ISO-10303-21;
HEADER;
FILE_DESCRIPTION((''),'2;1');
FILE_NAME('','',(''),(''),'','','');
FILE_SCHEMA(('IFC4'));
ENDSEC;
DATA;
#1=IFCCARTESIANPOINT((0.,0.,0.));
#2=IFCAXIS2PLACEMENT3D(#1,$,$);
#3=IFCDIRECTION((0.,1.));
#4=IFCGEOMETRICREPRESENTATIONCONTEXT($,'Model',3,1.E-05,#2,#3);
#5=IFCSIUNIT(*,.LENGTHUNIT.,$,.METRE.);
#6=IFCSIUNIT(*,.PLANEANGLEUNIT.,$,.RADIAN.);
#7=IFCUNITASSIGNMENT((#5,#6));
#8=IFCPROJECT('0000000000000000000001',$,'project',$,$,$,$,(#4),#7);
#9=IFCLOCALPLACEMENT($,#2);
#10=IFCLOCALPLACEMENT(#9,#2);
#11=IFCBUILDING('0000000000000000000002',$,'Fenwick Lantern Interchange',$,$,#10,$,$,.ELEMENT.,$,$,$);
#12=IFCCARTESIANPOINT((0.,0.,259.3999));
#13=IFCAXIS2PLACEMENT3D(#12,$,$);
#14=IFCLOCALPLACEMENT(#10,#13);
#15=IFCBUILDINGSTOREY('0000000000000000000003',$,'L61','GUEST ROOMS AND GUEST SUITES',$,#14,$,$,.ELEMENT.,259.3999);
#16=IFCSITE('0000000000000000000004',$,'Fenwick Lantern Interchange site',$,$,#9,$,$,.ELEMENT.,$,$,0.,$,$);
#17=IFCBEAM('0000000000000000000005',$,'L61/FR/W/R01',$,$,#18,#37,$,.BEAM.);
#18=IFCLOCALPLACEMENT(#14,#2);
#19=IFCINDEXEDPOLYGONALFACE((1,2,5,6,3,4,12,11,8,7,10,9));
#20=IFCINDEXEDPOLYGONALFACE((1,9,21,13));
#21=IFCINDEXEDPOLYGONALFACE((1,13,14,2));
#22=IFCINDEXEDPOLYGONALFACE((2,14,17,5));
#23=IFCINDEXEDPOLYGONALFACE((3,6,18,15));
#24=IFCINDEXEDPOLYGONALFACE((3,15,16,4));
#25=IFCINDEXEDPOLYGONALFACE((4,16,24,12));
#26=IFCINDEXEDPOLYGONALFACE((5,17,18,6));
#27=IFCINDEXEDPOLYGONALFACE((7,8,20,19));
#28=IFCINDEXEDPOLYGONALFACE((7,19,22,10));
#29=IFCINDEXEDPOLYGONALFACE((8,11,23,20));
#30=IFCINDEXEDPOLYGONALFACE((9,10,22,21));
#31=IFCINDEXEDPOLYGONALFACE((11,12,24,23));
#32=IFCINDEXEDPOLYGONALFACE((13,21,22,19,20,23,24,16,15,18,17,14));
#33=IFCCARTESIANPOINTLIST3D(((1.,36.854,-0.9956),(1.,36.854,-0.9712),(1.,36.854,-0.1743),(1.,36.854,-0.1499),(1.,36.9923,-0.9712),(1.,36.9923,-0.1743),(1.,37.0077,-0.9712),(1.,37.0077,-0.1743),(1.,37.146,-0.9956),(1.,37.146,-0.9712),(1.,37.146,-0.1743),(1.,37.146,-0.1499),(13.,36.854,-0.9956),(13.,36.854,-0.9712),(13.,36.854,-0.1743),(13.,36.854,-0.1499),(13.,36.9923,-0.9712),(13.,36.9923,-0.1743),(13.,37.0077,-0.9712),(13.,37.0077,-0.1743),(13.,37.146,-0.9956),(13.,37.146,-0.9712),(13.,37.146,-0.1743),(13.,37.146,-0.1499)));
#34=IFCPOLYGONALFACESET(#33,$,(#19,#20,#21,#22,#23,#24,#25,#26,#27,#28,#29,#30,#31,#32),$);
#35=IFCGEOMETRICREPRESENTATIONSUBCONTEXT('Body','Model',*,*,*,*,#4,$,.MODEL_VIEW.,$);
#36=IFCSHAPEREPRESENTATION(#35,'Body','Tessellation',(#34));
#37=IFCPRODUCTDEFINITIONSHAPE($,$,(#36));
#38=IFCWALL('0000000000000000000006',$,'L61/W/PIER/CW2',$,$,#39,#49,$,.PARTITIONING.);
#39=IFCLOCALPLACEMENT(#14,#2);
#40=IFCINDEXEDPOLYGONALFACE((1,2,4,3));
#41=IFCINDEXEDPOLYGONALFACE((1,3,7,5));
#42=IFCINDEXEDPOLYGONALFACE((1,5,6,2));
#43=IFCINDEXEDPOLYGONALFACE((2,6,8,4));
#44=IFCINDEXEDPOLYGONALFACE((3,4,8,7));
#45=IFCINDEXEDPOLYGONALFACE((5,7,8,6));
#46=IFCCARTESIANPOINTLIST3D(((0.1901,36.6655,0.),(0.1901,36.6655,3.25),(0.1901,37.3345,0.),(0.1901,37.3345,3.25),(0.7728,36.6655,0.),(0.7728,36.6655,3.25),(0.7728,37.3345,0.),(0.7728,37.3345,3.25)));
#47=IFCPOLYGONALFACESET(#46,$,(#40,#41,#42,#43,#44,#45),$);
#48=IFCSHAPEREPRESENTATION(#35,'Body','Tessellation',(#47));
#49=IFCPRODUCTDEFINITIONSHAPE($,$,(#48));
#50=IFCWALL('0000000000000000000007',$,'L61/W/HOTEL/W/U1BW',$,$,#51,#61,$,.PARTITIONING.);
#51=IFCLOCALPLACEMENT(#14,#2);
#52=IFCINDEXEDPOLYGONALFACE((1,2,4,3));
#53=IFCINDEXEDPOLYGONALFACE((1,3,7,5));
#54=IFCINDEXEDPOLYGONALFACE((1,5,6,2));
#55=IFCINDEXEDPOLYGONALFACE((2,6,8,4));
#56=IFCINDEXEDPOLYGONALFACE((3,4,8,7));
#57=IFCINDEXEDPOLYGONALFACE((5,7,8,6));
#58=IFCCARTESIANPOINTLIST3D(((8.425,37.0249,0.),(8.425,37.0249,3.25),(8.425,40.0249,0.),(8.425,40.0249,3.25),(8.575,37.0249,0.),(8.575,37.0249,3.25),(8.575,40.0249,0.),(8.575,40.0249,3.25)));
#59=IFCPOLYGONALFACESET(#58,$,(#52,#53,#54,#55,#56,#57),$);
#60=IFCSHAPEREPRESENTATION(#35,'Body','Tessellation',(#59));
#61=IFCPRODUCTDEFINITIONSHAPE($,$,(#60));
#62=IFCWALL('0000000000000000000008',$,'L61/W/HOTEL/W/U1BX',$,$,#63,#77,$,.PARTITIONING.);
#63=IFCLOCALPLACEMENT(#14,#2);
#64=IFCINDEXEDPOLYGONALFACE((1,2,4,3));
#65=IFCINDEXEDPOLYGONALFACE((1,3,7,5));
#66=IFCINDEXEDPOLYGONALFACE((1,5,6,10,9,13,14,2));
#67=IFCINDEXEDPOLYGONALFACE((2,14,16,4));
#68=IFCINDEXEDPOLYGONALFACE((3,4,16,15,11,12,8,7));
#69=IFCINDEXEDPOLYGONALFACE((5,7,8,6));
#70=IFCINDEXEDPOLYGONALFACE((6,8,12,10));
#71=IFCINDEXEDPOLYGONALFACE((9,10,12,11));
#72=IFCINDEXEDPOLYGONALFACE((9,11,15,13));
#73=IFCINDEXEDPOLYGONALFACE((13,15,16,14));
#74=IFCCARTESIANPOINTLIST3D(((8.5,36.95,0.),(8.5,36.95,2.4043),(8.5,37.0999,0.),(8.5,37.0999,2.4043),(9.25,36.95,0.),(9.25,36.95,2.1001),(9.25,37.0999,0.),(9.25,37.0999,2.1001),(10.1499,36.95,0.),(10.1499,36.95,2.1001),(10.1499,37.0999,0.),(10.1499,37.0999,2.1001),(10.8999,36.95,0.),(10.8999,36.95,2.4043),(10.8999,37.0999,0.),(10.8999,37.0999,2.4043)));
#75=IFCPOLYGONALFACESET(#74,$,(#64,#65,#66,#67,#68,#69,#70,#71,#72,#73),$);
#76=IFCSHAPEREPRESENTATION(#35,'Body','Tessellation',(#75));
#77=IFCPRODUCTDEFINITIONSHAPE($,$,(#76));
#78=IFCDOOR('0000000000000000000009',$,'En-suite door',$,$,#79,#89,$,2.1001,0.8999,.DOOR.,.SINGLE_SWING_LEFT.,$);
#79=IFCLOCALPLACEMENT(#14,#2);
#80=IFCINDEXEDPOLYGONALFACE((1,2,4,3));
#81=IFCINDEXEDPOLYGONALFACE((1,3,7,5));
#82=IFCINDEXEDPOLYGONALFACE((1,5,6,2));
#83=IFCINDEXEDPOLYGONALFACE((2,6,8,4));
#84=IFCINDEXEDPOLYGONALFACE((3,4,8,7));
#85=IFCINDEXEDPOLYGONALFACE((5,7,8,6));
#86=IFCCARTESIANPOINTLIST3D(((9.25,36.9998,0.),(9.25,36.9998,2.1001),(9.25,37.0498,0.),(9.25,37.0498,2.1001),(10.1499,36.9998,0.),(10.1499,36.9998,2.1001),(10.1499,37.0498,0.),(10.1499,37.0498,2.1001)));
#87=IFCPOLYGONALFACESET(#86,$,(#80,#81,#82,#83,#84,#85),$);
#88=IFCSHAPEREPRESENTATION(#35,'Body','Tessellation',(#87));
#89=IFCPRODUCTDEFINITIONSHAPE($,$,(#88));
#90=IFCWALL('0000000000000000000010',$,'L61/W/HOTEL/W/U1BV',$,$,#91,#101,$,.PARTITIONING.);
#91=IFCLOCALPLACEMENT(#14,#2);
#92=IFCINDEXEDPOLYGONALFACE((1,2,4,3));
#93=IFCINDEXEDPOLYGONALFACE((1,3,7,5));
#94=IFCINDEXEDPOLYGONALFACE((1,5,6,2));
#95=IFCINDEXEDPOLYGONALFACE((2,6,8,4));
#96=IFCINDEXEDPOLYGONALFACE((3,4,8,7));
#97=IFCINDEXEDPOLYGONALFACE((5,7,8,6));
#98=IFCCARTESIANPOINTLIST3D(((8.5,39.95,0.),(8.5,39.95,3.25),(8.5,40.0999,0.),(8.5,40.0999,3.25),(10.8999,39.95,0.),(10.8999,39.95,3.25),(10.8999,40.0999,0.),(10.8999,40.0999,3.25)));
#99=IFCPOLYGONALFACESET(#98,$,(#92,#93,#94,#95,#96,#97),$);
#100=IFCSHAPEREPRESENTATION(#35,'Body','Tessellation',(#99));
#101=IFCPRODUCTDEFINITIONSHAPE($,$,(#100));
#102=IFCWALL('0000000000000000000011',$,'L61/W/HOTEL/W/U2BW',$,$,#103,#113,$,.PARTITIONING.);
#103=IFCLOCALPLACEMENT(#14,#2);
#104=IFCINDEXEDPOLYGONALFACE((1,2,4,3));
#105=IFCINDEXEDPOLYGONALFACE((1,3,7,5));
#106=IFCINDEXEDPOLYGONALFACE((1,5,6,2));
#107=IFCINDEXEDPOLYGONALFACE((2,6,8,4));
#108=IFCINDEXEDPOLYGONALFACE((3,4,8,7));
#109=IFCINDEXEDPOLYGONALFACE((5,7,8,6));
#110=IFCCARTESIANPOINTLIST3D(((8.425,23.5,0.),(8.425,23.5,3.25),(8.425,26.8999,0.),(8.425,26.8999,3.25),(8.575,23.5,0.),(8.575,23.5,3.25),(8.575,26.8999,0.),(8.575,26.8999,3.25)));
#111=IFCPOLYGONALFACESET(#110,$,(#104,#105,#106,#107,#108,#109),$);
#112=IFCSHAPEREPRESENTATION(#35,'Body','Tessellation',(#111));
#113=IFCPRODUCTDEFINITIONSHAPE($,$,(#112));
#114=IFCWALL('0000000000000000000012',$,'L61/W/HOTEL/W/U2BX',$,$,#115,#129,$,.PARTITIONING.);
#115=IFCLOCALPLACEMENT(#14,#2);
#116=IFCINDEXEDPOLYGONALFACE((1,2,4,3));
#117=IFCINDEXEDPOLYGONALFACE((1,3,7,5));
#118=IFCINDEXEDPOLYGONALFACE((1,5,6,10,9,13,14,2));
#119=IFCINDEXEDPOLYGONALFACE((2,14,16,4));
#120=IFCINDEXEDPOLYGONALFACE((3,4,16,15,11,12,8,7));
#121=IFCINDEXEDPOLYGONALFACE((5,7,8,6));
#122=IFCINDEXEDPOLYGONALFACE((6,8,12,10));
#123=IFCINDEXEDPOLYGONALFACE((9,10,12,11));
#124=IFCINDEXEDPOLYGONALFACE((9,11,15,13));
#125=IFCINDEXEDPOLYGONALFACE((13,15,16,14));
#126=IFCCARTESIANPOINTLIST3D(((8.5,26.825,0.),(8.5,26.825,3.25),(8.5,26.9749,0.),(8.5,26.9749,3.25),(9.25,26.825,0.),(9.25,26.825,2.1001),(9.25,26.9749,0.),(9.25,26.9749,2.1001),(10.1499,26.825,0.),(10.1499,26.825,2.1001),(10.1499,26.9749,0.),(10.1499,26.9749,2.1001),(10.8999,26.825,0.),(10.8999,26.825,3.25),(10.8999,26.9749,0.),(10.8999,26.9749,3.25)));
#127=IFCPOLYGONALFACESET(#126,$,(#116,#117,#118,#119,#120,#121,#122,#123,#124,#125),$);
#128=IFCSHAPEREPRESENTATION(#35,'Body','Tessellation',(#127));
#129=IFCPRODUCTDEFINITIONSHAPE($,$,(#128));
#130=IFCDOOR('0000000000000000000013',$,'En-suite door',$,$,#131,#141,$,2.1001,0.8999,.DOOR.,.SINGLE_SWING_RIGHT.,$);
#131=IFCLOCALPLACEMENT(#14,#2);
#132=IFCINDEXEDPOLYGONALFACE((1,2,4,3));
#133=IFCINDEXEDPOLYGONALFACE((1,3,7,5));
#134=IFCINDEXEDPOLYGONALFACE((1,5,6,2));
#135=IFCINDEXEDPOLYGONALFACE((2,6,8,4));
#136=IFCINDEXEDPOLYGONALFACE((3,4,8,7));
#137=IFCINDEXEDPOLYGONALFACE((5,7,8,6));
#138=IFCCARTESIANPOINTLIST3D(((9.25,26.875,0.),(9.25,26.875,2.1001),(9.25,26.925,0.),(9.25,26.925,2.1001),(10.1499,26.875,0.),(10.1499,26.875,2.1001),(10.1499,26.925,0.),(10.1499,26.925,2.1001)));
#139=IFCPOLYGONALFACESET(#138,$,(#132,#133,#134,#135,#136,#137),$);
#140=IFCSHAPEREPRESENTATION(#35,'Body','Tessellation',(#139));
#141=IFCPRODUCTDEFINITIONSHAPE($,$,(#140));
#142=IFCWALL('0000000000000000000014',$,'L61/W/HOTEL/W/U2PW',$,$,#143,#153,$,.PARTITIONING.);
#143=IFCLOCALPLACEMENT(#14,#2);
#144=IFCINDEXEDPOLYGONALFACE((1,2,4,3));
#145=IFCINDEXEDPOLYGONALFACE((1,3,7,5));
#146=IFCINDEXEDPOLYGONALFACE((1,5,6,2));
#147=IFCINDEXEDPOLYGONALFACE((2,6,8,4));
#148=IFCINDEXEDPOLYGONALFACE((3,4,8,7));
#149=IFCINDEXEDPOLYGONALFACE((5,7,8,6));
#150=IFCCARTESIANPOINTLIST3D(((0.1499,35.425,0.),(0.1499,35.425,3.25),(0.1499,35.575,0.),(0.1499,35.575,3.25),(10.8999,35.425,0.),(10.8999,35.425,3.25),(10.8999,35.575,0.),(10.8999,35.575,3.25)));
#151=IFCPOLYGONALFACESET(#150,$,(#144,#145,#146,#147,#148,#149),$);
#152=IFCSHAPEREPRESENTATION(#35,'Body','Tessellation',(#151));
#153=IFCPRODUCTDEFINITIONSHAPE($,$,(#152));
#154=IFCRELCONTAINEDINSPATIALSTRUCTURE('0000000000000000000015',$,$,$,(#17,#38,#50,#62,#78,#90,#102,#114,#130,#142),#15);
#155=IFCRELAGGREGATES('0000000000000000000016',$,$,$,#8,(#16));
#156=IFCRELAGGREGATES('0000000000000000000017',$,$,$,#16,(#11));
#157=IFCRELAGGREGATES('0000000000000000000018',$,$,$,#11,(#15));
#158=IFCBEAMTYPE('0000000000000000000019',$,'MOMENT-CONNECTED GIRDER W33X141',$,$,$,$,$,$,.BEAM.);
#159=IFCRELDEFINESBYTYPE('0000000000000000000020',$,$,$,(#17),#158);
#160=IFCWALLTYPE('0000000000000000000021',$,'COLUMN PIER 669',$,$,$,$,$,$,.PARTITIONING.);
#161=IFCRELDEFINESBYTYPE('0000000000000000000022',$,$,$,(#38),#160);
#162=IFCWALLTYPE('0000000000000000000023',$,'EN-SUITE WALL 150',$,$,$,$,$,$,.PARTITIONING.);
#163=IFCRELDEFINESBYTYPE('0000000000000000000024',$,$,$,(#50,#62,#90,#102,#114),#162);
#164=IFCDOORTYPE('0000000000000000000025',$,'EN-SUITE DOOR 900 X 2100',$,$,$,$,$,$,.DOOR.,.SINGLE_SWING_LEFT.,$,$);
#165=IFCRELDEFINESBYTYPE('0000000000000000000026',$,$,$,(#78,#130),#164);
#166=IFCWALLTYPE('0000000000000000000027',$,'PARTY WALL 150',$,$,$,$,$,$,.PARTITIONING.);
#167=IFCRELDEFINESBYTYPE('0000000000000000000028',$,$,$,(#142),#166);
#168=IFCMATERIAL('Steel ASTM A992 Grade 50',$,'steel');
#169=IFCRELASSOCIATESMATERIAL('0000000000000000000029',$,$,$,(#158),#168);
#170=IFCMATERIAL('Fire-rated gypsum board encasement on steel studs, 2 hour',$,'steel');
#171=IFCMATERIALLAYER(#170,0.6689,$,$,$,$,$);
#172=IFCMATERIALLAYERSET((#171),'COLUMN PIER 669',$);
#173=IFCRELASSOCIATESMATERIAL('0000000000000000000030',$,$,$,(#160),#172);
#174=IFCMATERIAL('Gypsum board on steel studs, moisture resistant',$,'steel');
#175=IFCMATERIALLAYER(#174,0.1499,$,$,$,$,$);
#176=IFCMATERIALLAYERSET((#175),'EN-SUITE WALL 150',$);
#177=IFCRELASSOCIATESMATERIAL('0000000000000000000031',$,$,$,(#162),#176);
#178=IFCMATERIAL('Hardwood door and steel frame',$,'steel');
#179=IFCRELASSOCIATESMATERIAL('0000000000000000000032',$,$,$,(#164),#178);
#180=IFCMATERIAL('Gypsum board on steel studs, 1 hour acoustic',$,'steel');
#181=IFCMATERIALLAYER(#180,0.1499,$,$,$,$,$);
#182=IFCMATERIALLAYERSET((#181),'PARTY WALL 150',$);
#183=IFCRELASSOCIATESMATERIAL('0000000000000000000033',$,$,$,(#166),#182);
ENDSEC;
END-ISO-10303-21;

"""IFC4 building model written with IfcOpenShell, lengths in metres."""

from ifc_helpers import new_model, si_unit, direction, frame, frame_2d, origin, origin_2d, place, context, subcontext, project, spatial, rectangle, i_section, extrude, material, layer, layer_set, material_profile, profile_set, type_object, element, fill, save


model = new_model("IFC4")

# Units and contexts
model_context = context("Model", 3, precision=1e-05, world=origin(), true_north=direction((0.0, 1.0)))
body_context = subcontext(model_context, "Body", "Model", "MODEL_VIEW")
ifc_project = project(units=[si_unit("LENGTHUNIT", "METRE"), si_unit("PLANEANGLEUNIT", "RADIAN")], contexts=[model_context])

# Site, building, storey
site_placement = place(None, origin())
site = spatial("IfcSite", under=ifc_project, at=site_placement, Name="Fenwick Lantern Interchange site", CompositionType="ELEMENT", RefElevation=0.0)
building_placement = place(site_placement, origin())
building = spatial("IfcBuilding", under=site, at=building_placement, Name="Fenwick Lantern Interchange", CompositionType="ELEMENT")
storey_placement = place(building_placement, frame((0.0, 0.0, 259.3999)))
storey = spatial("IfcBuildingStorey", under=building, at=storey_placement, Name="L61", Description="GUEST ROOMS AND GUEST SUITES", CompositionType="ELEMENT", Elevation=259.3999)

# Shared definitions
ifc_material_1 = material(Name="Steel ASTM A992 Grade 50", Category="steel")

# Beam
ifc_material_profile_1 = material_profile(ifc_material_1, i_section(OverallWidth=0.292, OverallDepth=0.8457, WebThickness=0.0154, FlangeThickness=0.0244, at=origin_2d()), Name="W33X141")
ifc_profile_set_1 = profile_set([ifc_material_profile_1], Name="Steel ASTM A992 Grade 50")
beam_type_1 = type_object("IfcBeamType", Name="MOMENT-CONNECTED GIRDER W33X141", PredefinedType="BEAM", material=ifc_profile_set_1)
beam_1_placement = place(storey_placement, frame((1.0, 37.0, -0.5728), z_axis=(1.0, 0.0, 0.0), x_axis=(0.0, 1.0, 0.0)))
element("IfcBeam", 1, at=beam_1_placement, inside=storey, type_object=beam_type_1, Name="L61/FR/W/R01", PredefinedType="BEAM", context=body_context, shape_type="SweptSolid", body=[
    extrude(i_section(OverallWidth=0.292, OverallDepth=0.8457, WebThickness=0.0154, FlangeThickness=0.0244, at=origin_2d()), origin(), (0.0, 0.0, 1.0), 12.0),
])

# Walls
ifc_material_2 = material(Name="Fire-rated gypsum board encasement on steel studs, 2 hour", Category="steel")
ifc_layer_1 = layer(ifc_material_2, 0.6689)
ifc_layer_set_1 = layer_set([ifc_layer_1], Name="COLUMN PIER 669")
wall_type_1 = type_object("IfcWallType", Name="COLUMN PIER 669", PredefinedType="PARTITIONING", material=ifc_layer_set_1)
wall_1_placement = place(storey_placement, frame((0.1899, 37.0, 0.0), z_axis=(0.0, 0.0, 1.0), x_axis=(1.0, 0.0, 0.0)))
element("IfcWall", 2, at=wall_1_placement, inside=storey, type_object=wall_type_1, Name="L61/W/PIER/CW2", PredefinedType="PARTITIONING", context=body_context, shape_type="SweptSolid", body=[
    extrude(rectangle(XDim=0.5828, YDim=0.6689, at=frame_2d((0.2915, 0.0))), origin(), (0.0, 0.0, 1.0), 3.25),
])
ifc_material_3 = material(Name="Gypsum board on steel studs, moisture resistant", Category="steel")
ifc_layer_2 = layer(ifc_material_3, 0.1499)
ifc_layer_set_2 = layer_set([ifc_layer_2], Name="EN-SUITE WALL 150")
wall_type_2 = type_object("IfcWallType", Name="EN-SUITE WALL 150", PredefinedType="PARTITIONING", material=ifc_layer_set_2)
wall_2_placement = place(storey_placement, frame((8.5, 40.0249, 0.0), z_axis=(0.0, 0.0, 1.0), x_axis=(0.0, -1.0, 0.0)))
element("IfcWall", 3, at=wall_2_placement, inside=storey, type_object=wall_type_2, Name="L61/W/HOTEL/W/U1BW", PredefinedType="PARTITIONING", context=body_context, shape_type="SweptSolid", body=[
    extrude(rectangle(XDim=3.0, YDim=0.1499, at=frame_2d((1.5, 0.0))), origin(), (0.0, 0.0, 1.0), 3.25),
])

# Wall, opening, door
wall_3_placement = place(storey_placement, frame((8.5, 37.0249, 0.0), z_axis=(0.0, 0.0, 1.0), x_axis=(1.0, 0.0, 0.0)))
wall_3 = element("IfcWall", 4, at=wall_3_placement, inside=storey, type_object=wall_type_2, Name="L61/W/HOTEL/W/U1BX", PredefinedType="PARTITIONING", context=body_context, shape_type="SweptSolid", body=[
    extrude(rectangle(XDim=2.3999, YDim=0.1499, at=frame_2d((1.2, 0.0))), origin(), (0.0, 0.0, 1.0), 2.4043),
])
opening_1_placement = place(wall_3_placement, frame((0.75, 0.0, 0.0)))
opening_1 = element("IfcOpeningElement", 5, at=opening_1_placement, cuts=wall_3, PredefinedType="OPENING", context=body_context, shape_type="SweptSolid", body=[
    extrude(rectangle(XDim=0.8999, YDim=2.1001, at=frame_2d((0.45, 1.05))), frame((0.0, 0.085, 0.0), z_axis=(0.0, -1.0, 0.0), x_axis=(1.0, 0.0, 0.0)), (0.0, 0.0, 1.0), 0.1699),
])
ifc_material_4 = material(Name="Hardwood door and steel frame", Category="steel")
door_type = type_object("IfcDoorType", Name="EN-SUITE DOOR 900 X 2100", OperationType="SINGLE_SWING_LEFT", PredefinedType="DOOR", material=ifc_material_4)
door_1_placement = place(opening_1_placement, origin())
door_1 = element("IfcDoor", 6, at=door_1_placement, inside=storey, type_object=door_type, Name="En-suite door", OperationType="SINGLE_SWING_LEFT", OverallHeight=2.1001, OverallWidth=0.8999, PredefinedType="DOOR", context=body_context, shape_type="SweptSolid", body=[
    extrude(rectangle(XDim=0.8999, YDim=2.1001, at=frame_2d((0.45, 1.05))), frame((0.0, 0.0249, 0.0), z_axis=(0.0, -1.0, 0.0), x_axis=(1.0, 0.0, 0.0)), (0.0, 0.0, 1.0), 0.05),
])
fill(opening_1, door_1)

# Walls
wall_4_placement = place(storey_placement, frame((8.5, 40.0249, 0.0), z_axis=(0.0, 0.0, 1.0), x_axis=(1.0, 0.0, 0.0)))
element("IfcWall", 7, at=wall_4_placement, inside=storey, type_object=wall_type_2, Name="L61/W/HOTEL/W/U1BV", PredefinedType="PARTITIONING", context=body_context, shape_type="SweptSolid", body=[
    extrude(rectangle(XDim=2.3999, YDim=0.1499, at=frame_2d((1.2, 0.0))), origin(), (0.0, 0.0, 1.0), 3.25),
])
wall_5_placement = place(storey_placement, frame((8.5, 26.8999, 0.0), z_axis=(0.0, 0.0, 1.0), x_axis=(0.0, -1.0, 0.0)))
element("IfcWall", 8, at=wall_5_placement, inside=storey, type_object=wall_type_2, Name="L61/W/HOTEL/W/U2BW", PredefinedType="PARTITIONING", context=body_context, shape_type="SweptSolid", body=[
    extrude(rectangle(XDim=3.3999, YDim=0.1499, at=frame_2d((1.7, 0.0))), origin(), (0.0, 0.0, 1.0), 3.25),
])

# Wall, opening, door
wall_6_placement = place(storey_placement, frame((8.5, 26.8999, 0.0), z_axis=(0.0, 0.0, 1.0), x_axis=(1.0, 0.0, 0.0)))
wall_6 = element("IfcWall", 9, at=wall_6_placement, inside=storey, type_object=wall_type_2, Name="L61/W/HOTEL/W/U2BX", PredefinedType="PARTITIONING", context=body_context, shape_type="SweptSolid", body=[
    extrude(rectangle(XDim=2.3999, YDim=0.1499, at=frame_2d((1.2, 0.0))), origin(), (0.0, 0.0, 1.0), 3.25),
])
opening_2_placement = place(wall_6_placement, frame((0.75, 0.0, 0.0)))
opening_2 = element("IfcOpeningElement", 10, at=opening_2_placement, cuts=wall_6, PredefinedType="OPENING", context=body_context, shape_type="SweptSolid", body=[
    extrude(rectangle(XDim=0.8999, YDim=2.1001, at=frame_2d((0.45, 1.05))), frame((0.0, 0.085, 0.0), z_axis=(0.0, -1.0, 0.0), x_axis=(1.0, 0.0, 0.0)), (0.0, 0.0, 1.0), 0.1699),
])
door_2_placement = place(opening_2_placement, frame((0.8999, 0.0, 0.0), z_axis=(0.0, 0.0, 1.0), x_axis=(-1.0, 0.0, 0.0)))
door_2 = element("IfcDoor", 11, at=door_2_placement, inside=storey, type_object=door_type, Name="En-suite door", OperationType="SINGLE_SWING_RIGHT", OverallHeight=2.1001, OverallWidth=0.8999, PredefinedType="DOOR", context=body_context, shape_type="SweptSolid", body=[
    extrude(rectangle(XDim=0.8999, YDim=2.1001, at=frame_2d((0.45, 1.05))), frame((0.0, 0.0249, 0.0), z_axis=(0.0, -1.0, 0.0), x_axis=(1.0, 0.0, 0.0)), (0.0, 0.0, 1.0), 0.05),
])
fill(opening_2, door_2)

# Wall
ifc_material_5 = material(Name="Gypsum board on steel studs, 1 hour acoustic", Category="steel")
ifc_layer_3 = layer(ifc_material_5, 0.1499)
ifc_layer_set_3 = layer_set([ifc_layer_3], Name="PARTY WALL 150")
wall_type_3 = type_object("IfcWallType", Name="PARTY WALL 150", PredefinedType="PARTITIONING", material=ifc_layer_set_3)
wall_7_placement = place(storey_placement, frame((0.1499, 35.5, 0.0), z_axis=(0.0, 0.0, 1.0), x_axis=(1.0, 0.0, 0.0)))
element("IfcWall", 12, at=wall_7_placement, inside=storey, type_object=wall_type_3, Name="L61/W/HOTEL/W/U2PW", PredefinedType="PARTITIONING", context=body_context, shape_type="SweptSolid", body=[
    extrude(rectangle(XDim=10.75, YDim=0.1499, at=frame_2d((5.375, 0.0))), origin(), (0.0, 0.0, 1.0), 3.25),
])

save(model, "model.ifc")
